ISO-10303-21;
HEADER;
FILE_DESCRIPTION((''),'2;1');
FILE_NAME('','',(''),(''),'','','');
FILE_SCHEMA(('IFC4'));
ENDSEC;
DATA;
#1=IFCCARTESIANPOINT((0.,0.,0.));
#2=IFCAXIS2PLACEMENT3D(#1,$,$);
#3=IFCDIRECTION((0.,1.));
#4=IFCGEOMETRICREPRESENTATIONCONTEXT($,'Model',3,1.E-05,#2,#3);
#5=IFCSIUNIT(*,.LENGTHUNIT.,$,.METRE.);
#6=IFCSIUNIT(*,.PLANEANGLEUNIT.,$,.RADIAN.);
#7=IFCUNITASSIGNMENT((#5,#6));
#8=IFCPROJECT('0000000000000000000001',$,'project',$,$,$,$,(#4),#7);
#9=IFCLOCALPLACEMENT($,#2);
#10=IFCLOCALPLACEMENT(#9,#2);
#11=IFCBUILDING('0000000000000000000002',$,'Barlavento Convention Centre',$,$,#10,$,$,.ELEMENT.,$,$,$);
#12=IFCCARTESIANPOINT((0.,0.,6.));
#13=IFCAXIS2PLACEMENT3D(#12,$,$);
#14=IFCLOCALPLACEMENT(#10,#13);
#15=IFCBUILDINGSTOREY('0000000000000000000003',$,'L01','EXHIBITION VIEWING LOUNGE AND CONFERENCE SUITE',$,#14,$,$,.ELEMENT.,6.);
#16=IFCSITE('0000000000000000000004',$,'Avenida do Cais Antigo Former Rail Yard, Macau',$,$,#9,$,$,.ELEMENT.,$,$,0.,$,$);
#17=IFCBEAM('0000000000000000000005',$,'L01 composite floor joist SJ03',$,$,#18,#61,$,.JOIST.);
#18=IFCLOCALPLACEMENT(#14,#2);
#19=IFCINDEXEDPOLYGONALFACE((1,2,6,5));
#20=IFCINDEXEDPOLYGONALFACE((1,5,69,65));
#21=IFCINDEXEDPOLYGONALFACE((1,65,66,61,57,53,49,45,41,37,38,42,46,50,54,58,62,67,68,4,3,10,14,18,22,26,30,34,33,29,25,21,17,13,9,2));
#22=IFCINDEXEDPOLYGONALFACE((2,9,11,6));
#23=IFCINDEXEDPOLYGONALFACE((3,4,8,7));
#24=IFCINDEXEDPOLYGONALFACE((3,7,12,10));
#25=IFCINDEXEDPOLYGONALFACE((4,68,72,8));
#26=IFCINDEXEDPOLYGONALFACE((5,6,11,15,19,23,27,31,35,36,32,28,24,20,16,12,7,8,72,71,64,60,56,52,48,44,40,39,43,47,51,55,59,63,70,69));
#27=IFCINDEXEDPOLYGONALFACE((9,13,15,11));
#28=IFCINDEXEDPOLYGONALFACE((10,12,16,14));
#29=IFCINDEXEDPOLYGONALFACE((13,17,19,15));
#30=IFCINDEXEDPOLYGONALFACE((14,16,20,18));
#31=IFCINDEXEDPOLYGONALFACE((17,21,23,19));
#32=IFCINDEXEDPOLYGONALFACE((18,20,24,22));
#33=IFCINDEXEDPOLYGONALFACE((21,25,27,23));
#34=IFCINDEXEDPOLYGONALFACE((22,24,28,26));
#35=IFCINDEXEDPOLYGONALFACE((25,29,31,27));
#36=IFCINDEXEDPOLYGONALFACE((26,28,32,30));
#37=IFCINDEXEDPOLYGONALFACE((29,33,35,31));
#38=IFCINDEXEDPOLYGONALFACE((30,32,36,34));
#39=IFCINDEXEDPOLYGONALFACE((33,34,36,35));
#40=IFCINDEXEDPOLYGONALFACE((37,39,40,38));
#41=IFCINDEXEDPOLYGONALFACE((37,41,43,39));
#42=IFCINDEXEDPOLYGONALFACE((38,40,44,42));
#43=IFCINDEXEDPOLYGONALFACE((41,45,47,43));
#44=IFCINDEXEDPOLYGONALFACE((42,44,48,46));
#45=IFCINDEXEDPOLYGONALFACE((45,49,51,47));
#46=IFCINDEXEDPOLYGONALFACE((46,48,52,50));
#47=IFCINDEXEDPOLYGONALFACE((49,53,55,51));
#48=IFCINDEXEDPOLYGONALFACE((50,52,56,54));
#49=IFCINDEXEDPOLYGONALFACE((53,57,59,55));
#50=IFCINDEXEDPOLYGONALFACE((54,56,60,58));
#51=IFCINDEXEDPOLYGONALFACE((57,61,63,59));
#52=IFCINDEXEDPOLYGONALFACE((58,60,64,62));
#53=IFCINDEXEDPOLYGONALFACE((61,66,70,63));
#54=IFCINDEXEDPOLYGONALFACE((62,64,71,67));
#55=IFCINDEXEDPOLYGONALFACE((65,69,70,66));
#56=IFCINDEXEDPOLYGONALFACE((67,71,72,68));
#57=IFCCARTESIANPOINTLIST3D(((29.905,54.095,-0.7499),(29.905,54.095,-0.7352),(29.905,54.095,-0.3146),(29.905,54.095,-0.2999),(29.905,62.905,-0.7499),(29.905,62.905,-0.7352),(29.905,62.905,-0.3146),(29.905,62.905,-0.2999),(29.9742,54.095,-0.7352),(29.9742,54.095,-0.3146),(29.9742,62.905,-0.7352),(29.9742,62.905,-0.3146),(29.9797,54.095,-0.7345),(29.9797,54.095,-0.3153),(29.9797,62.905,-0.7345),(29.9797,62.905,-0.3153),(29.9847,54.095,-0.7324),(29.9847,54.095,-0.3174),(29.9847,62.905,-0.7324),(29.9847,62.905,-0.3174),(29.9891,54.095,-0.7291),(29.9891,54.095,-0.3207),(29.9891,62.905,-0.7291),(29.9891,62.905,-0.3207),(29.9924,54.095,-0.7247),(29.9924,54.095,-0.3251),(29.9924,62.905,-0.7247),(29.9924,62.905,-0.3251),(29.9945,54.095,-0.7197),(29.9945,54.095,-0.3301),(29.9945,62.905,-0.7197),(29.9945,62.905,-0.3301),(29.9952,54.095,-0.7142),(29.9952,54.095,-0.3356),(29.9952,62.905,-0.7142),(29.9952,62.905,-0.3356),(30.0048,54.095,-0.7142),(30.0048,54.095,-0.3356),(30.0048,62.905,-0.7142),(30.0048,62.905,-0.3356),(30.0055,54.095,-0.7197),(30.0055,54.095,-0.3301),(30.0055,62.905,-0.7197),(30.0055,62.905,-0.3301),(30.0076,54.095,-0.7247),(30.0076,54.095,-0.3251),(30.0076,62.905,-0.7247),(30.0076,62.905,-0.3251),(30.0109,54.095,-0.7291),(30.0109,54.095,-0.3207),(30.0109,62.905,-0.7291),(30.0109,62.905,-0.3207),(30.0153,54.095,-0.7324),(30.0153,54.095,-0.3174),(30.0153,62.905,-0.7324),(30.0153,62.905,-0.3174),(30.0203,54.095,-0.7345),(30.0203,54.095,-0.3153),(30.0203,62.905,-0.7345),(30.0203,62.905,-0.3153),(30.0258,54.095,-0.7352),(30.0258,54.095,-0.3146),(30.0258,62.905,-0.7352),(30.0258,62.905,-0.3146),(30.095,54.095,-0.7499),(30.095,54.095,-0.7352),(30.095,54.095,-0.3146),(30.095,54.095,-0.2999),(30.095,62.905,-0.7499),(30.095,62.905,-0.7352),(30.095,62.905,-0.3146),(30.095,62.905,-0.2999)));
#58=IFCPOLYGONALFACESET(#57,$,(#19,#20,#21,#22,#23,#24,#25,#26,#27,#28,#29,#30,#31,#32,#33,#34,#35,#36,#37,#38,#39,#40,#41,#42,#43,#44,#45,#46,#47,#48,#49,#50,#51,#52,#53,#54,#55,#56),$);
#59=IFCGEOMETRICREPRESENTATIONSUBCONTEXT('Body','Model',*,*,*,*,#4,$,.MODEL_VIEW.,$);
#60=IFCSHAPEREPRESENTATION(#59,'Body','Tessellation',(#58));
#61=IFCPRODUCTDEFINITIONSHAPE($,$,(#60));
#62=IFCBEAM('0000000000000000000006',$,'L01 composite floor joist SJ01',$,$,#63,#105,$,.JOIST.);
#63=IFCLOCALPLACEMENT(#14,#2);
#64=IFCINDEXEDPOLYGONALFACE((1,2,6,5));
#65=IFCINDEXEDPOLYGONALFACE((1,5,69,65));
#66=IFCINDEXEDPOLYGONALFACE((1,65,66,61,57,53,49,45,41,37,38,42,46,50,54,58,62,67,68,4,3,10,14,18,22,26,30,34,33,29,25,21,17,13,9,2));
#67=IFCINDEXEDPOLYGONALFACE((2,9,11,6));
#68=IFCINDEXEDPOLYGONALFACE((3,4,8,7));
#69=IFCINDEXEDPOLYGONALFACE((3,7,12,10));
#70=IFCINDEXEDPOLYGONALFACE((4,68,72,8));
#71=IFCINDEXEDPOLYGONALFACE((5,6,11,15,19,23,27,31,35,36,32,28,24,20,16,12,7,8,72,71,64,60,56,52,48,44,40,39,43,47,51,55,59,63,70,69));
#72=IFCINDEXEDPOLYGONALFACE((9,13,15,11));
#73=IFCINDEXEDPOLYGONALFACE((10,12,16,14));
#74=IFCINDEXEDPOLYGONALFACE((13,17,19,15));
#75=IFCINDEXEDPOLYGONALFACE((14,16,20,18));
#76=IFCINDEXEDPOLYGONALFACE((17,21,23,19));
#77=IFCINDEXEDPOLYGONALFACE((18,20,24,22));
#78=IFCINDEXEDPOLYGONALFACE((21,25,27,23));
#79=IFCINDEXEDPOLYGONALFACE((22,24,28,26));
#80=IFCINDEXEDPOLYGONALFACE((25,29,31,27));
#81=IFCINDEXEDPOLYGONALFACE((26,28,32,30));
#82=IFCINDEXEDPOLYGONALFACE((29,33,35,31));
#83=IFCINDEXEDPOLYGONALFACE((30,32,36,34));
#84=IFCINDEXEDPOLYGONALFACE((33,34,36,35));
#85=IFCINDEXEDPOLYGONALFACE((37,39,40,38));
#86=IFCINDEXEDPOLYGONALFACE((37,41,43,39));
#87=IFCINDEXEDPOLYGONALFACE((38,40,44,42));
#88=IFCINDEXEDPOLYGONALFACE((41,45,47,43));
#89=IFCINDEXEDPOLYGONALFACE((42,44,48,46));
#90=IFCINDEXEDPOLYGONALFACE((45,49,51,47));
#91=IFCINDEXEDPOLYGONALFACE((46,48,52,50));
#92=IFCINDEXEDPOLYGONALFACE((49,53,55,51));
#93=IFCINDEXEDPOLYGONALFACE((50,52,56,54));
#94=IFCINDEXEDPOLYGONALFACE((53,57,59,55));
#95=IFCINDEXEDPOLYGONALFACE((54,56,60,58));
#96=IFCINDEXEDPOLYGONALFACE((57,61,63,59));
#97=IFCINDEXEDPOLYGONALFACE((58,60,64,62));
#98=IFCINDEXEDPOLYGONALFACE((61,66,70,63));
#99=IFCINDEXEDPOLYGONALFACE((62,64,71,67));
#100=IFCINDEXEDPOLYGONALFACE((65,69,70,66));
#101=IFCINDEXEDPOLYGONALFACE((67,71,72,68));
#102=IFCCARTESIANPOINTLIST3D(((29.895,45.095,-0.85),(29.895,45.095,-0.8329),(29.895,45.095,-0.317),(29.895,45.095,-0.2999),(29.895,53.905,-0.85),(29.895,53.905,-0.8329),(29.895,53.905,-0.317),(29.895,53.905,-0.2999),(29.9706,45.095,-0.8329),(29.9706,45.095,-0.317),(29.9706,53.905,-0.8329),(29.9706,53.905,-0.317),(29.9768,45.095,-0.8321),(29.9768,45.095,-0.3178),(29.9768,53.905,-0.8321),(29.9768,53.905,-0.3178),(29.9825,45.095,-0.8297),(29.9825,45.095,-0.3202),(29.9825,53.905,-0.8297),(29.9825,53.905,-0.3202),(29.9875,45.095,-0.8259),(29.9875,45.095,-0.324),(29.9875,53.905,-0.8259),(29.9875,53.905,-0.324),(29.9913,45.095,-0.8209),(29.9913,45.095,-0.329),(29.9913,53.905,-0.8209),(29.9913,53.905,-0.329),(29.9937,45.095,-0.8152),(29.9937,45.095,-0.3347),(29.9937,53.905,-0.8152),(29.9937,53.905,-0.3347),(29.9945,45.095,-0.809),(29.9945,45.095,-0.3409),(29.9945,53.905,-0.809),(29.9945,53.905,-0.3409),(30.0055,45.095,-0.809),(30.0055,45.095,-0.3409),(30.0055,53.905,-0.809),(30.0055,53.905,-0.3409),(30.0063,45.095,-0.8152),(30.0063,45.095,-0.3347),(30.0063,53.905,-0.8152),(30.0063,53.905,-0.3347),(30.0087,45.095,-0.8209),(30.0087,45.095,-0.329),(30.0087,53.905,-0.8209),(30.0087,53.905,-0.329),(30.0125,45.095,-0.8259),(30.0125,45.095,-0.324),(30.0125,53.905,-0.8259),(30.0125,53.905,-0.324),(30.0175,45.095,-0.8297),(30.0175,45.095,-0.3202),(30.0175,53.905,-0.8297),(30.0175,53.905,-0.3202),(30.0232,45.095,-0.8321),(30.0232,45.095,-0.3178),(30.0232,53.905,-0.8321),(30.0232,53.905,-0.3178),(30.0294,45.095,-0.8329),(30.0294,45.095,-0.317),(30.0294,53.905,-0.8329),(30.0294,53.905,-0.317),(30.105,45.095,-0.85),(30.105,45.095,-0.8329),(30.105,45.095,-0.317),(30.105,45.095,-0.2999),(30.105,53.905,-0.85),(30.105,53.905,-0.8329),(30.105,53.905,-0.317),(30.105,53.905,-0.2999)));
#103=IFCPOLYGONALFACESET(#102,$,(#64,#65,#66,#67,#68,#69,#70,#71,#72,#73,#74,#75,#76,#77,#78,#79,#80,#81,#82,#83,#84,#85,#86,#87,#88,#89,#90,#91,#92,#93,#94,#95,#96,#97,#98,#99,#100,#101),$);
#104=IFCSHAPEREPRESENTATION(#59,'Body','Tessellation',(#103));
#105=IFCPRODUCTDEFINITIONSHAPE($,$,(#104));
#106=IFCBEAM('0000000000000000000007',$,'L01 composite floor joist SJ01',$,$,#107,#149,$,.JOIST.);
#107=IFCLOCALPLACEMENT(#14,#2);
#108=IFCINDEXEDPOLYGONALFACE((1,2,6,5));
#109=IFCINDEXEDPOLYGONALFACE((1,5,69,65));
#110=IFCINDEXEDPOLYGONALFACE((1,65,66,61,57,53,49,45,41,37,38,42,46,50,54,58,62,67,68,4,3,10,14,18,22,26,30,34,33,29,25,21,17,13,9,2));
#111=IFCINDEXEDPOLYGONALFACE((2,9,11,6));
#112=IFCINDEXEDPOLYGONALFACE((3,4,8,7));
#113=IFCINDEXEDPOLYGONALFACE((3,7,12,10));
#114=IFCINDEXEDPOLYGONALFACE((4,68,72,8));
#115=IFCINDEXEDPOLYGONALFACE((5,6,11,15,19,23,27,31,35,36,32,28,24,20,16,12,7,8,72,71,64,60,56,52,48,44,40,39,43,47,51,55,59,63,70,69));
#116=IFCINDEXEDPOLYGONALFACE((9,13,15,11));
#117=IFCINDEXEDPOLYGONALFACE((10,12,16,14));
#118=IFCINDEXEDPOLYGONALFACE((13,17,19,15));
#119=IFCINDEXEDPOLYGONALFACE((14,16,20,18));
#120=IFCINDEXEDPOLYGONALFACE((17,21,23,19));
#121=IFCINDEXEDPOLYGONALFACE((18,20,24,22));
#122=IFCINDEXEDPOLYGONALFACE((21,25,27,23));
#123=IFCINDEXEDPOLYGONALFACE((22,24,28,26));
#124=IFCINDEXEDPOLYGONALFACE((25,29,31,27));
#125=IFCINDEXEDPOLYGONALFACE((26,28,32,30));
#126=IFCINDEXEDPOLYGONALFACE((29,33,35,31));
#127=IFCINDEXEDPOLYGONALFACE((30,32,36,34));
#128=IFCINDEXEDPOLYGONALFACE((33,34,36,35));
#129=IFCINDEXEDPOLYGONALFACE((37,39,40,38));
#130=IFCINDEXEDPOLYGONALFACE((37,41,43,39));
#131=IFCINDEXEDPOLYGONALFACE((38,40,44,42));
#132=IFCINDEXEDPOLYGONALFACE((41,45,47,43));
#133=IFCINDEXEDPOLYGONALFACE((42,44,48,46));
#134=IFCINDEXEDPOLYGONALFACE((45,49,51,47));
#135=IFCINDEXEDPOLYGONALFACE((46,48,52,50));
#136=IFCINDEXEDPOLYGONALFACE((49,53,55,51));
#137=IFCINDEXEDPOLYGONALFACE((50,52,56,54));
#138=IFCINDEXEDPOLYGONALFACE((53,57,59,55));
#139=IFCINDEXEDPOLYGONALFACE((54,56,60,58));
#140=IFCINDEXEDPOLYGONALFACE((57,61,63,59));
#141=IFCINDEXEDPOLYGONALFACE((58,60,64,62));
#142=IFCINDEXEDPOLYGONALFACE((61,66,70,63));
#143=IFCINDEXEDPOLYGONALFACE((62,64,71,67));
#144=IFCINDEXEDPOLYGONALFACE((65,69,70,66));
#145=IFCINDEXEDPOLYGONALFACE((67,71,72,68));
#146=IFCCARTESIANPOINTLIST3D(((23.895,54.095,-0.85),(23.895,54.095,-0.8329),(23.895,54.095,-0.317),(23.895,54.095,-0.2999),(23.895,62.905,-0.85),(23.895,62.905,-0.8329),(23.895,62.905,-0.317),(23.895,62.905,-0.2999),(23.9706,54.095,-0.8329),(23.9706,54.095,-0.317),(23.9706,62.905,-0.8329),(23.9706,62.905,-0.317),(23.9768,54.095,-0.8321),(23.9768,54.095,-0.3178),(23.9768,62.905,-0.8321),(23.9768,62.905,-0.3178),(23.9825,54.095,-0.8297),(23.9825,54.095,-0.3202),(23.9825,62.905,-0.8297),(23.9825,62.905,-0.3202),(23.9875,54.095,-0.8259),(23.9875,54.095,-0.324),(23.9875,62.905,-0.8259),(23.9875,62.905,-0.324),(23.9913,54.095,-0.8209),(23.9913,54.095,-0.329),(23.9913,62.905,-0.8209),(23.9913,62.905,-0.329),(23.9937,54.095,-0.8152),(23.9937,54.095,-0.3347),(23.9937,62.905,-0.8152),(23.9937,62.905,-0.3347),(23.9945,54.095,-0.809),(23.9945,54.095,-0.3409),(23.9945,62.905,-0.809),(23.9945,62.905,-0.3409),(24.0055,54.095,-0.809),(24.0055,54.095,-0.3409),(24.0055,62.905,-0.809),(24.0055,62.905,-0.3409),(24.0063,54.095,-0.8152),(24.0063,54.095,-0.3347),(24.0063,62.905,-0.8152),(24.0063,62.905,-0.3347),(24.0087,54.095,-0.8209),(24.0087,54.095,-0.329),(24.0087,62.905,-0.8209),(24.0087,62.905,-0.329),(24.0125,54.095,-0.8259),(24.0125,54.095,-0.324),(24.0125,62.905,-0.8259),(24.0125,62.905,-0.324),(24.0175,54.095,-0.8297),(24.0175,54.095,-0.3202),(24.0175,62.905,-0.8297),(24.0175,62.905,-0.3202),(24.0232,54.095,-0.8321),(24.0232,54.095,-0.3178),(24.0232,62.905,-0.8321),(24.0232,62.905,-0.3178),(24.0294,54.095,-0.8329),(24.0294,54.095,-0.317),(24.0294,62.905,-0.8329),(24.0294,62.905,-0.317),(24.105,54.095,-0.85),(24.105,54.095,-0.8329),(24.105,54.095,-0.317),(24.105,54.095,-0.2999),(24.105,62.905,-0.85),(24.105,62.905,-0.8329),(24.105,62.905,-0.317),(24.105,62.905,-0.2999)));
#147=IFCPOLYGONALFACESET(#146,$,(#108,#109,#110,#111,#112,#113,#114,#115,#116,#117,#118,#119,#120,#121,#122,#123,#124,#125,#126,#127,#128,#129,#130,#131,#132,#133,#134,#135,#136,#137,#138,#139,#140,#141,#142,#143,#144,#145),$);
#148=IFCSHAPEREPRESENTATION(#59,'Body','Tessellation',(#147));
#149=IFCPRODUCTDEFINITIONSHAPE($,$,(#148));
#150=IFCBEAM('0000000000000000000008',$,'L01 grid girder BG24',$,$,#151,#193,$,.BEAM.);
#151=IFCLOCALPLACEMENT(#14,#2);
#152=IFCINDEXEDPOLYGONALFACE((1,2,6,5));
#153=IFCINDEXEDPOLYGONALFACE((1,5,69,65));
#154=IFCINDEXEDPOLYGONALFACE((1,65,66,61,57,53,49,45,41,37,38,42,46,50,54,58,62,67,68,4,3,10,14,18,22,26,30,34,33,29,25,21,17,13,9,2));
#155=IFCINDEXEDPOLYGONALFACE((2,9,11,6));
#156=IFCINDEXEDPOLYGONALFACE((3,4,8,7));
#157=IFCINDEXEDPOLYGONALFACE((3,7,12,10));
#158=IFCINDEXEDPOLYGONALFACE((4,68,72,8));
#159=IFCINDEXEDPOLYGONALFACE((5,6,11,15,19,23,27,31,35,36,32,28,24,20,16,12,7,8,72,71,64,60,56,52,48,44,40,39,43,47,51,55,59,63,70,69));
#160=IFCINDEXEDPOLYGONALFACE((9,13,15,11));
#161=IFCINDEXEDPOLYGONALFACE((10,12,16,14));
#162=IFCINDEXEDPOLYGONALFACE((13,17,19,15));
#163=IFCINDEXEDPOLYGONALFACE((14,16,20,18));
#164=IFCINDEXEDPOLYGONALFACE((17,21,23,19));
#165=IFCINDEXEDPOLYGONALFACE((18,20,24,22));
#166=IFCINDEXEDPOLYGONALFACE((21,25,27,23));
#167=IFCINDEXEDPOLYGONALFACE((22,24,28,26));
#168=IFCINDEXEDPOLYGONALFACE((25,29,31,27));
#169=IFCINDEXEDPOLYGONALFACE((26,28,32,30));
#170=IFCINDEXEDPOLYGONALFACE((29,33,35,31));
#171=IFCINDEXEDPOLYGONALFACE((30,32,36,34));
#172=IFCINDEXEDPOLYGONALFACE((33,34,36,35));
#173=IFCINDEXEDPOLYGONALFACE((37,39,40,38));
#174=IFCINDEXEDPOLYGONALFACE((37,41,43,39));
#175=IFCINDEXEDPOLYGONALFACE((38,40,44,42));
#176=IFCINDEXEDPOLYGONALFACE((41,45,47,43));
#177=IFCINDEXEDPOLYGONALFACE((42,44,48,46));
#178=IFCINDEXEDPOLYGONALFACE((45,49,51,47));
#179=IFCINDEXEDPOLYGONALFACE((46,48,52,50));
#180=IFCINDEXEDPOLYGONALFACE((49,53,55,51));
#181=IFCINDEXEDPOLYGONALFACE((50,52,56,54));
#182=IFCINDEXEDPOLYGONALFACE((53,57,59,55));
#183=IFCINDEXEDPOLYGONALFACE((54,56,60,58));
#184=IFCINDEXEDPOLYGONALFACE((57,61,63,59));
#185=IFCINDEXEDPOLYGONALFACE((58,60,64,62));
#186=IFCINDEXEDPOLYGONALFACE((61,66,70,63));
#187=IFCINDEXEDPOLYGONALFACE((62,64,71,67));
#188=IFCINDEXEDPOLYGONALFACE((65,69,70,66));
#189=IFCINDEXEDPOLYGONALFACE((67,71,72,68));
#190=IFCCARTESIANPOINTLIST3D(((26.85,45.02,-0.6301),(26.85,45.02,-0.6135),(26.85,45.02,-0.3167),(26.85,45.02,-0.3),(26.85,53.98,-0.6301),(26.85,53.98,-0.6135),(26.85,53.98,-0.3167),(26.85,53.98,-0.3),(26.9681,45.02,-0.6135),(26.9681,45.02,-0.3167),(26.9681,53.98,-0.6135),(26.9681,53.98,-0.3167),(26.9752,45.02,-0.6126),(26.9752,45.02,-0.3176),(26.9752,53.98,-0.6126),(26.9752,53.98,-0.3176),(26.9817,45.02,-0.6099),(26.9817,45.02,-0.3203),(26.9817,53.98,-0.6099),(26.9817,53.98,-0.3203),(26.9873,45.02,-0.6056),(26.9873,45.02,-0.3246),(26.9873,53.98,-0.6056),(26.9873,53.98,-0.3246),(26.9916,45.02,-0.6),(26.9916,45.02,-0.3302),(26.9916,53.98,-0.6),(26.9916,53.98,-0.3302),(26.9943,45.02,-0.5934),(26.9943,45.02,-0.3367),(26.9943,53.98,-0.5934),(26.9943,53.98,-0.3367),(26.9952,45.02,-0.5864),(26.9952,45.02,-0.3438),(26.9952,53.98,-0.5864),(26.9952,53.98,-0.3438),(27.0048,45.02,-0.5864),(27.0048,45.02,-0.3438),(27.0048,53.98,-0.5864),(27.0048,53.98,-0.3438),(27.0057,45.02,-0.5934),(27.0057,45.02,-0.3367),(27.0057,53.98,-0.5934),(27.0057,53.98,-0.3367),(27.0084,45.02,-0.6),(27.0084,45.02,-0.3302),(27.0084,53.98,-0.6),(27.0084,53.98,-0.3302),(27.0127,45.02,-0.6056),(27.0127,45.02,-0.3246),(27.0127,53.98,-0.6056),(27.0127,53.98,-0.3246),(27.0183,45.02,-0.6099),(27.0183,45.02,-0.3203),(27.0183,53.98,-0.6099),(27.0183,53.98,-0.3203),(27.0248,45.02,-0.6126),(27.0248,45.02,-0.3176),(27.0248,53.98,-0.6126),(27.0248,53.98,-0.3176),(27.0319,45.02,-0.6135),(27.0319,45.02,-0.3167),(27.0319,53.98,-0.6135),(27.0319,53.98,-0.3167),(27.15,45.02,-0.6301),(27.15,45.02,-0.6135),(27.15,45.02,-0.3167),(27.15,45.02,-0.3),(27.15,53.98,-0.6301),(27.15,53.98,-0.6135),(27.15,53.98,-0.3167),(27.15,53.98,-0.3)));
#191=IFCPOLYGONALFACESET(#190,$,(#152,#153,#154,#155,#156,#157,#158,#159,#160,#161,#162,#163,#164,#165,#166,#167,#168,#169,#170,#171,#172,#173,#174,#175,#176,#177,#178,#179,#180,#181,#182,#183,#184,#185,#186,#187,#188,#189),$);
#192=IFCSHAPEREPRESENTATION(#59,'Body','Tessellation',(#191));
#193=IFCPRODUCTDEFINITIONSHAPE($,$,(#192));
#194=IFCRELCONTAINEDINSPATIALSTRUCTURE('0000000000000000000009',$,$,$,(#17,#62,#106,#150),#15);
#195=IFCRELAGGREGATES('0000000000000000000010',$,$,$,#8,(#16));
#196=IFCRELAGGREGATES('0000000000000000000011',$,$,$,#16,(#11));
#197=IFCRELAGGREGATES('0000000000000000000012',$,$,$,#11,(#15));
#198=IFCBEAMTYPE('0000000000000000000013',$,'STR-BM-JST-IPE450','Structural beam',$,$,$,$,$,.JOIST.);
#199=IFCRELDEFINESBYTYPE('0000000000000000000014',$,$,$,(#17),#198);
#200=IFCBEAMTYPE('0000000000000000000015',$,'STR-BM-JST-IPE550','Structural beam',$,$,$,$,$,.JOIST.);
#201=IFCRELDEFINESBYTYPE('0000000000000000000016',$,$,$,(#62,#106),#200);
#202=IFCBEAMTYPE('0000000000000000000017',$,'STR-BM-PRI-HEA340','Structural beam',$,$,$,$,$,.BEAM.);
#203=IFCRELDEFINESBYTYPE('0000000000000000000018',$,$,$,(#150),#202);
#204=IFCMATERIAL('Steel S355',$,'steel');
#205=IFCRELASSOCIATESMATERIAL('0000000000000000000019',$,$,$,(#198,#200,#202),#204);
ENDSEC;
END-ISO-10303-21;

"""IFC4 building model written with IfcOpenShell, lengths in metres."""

from ifc_helpers import new_model, si_unit, direction, frame, origin, origin_2d, place, context, subcontext, project, spatial, i_section, extrude, material, material_profile, profile_set, type_object, element, save


model = new_model("IFC4")

# Units and contexts
model_context = context("Model", 3, precision=1e-05, world=origin(), true_north=direction((0.0, 1.0)))
body_context = subcontext(model_context, "Body", "Model", "MODEL_VIEW")
ifc_project = project(units=[si_unit("LENGTHUNIT", "METRE"), si_unit("PLANEANGLEUNIT", "RADIAN")], contexts=[model_context])

# Site, building, storey
site_placement = place(None, origin())
site = spatial("IfcSite", under=ifc_project, at=site_placement, Name="Avenida do Cais Antigo Former Rail Yard, Macau", CompositionType="ELEMENT", RefElevation=0.0)
building_placement = place(site_placement, origin())
building = spatial("IfcBuilding", under=site, at=building_placement, Name="Barlavento Convention Centre", CompositionType="ELEMENT")
storey_placement = place(building_placement, frame((0.0, 0.0, 6.0)))
storey = spatial("IfcBuildingStorey", under=building, at=storey_placement, Name="L01", Description="EXHIBITION VIEWING LOUNGE AND CONFERENCE SUITE", CompositionType="ELEMENT", Elevation=6.0)

# Shared definitions
ifc_material_1 = material(Name="Steel S355", Category="steel")

# Beams
ifc_material_profile_1 = material_profile(ifc_material_1, i_section(OverallWidth=0.1899, OverallDepth=0.45, WebThickness=0.0095, FlangeThickness=0.0146, FilletRadius=0.021, at=origin_2d()), Name="IPE 450")
ifc_profile_set_1 = profile_set([ifc_material_profile_1], Name="Steel S355")
beam_type_1 = type_object("IfcBeamType", Name="STR-BM-JST-IPE450", Description="Structural beam", PredefinedType="JOIST", material=ifc_profile_set_1)
beam_1_placement = place(storey_placement, frame((30.0, 54.095, -0.5249), z_axis=(0.0, 1.0, 0.0), x_axis=(-1.0, 0.0, 0.0)))
element("IfcBeam", 1, at=beam_1_placement, inside=storey, type_object=beam_type_1, Name="L01 composite floor joist SJ03", PredefinedType="JOIST", context=body_context, shape_type="SweptSolid", body=[
    extrude(i_section(OverallWidth=0.1899, OverallDepth=0.45, WebThickness=0.0095, FlangeThickness=0.0146, FilletRadius=0.021, at=origin_2d()), origin(), (0.0, 0.0, 1.0), 8.8101),
])
ifc_material_profile_2 = material_profile(ifc_material_1, i_section(OverallWidth=0.21, OverallDepth=0.55, WebThickness=0.011, FlangeThickness=0.0171, FilletRadius=0.0239, at=origin_2d()), Name="IPE 550")
ifc_profile_set_2 = profile_set([ifc_material_profile_2], Name="Steel S355")
beam_type_2 = type_object("IfcBeamType", Name="STR-BM-JST-IPE550", Description="Structural beam", PredefinedType="JOIST", material=ifc_profile_set_2)
for number, where, z_axis, x_axis, name in (
    (2, (30.0, 45.095, -0.575), (0.0, 1.0, 0.0), (-1.0, 0.0, 0.0), "L01 composite floor joist SJ01"),
    (3, (24.0, 54.095, -0.575), (0.0, 1.0, 0.0), (-1.0, 0.0, 0.0), "L01 composite floor joist SJ01"),
):
    element("IfcBeam", number, at=place(storey_placement, frame(where, z_axis=z_axis, x_axis=x_axis)), inside=storey, type_object=beam_type_2, Name=name, PredefinedType="JOIST", context=body_context, shape_type="SweptSolid", body=[
        extrude(i_section(OverallWidth=0.21, OverallDepth=0.55, WebThickness=0.011, FlangeThickness=0.0171, FilletRadius=0.0239, at=origin_2d()), origin(), (0.0, 0.0, 1.0), 8.8101),
    ])
ifc_material_profile_3 = material_profile(ifc_material_1, i_section(OverallWidth=0.3, OverallDepth=0.3301, WebThickness=0.0095, FlangeThickness=0.0166, FilletRadius=0.0271, at=origin_2d()), Name="HEA 340")
ifc_profile_set_3 = profile_set([ifc_material_profile_3], Name="Steel S355")
beam_type_3 = type_object("IfcBeamType", Name="STR-BM-PRI-HEA340", Description="Structural beam", PredefinedType="BEAM", material=ifc_profile_set_3)
beam_2_placement = place(storey_placement, frame((27.0, 45.02, -0.4651), z_axis=(0.0, 1.0, 0.0), x_axis=(-1.0, 0.0, 0.0)))
element("IfcBeam", 4, at=beam_2_placement, inside=storey, type_object=beam_type_3, Name="L01 grid girder BG24", PredefinedType="BEAM", context=body_context, shape_type="SweptSolid", body=[
    extrude(i_section(OverallWidth=0.3, OverallDepth=0.3301, WebThickness=0.0095, FlangeThickness=0.0166, FilletRadius=0.0271, at=origin_2d()), origin(), (0.0, 0.0, 1.0), 8.96),
])

save(model, "model.ifc")
